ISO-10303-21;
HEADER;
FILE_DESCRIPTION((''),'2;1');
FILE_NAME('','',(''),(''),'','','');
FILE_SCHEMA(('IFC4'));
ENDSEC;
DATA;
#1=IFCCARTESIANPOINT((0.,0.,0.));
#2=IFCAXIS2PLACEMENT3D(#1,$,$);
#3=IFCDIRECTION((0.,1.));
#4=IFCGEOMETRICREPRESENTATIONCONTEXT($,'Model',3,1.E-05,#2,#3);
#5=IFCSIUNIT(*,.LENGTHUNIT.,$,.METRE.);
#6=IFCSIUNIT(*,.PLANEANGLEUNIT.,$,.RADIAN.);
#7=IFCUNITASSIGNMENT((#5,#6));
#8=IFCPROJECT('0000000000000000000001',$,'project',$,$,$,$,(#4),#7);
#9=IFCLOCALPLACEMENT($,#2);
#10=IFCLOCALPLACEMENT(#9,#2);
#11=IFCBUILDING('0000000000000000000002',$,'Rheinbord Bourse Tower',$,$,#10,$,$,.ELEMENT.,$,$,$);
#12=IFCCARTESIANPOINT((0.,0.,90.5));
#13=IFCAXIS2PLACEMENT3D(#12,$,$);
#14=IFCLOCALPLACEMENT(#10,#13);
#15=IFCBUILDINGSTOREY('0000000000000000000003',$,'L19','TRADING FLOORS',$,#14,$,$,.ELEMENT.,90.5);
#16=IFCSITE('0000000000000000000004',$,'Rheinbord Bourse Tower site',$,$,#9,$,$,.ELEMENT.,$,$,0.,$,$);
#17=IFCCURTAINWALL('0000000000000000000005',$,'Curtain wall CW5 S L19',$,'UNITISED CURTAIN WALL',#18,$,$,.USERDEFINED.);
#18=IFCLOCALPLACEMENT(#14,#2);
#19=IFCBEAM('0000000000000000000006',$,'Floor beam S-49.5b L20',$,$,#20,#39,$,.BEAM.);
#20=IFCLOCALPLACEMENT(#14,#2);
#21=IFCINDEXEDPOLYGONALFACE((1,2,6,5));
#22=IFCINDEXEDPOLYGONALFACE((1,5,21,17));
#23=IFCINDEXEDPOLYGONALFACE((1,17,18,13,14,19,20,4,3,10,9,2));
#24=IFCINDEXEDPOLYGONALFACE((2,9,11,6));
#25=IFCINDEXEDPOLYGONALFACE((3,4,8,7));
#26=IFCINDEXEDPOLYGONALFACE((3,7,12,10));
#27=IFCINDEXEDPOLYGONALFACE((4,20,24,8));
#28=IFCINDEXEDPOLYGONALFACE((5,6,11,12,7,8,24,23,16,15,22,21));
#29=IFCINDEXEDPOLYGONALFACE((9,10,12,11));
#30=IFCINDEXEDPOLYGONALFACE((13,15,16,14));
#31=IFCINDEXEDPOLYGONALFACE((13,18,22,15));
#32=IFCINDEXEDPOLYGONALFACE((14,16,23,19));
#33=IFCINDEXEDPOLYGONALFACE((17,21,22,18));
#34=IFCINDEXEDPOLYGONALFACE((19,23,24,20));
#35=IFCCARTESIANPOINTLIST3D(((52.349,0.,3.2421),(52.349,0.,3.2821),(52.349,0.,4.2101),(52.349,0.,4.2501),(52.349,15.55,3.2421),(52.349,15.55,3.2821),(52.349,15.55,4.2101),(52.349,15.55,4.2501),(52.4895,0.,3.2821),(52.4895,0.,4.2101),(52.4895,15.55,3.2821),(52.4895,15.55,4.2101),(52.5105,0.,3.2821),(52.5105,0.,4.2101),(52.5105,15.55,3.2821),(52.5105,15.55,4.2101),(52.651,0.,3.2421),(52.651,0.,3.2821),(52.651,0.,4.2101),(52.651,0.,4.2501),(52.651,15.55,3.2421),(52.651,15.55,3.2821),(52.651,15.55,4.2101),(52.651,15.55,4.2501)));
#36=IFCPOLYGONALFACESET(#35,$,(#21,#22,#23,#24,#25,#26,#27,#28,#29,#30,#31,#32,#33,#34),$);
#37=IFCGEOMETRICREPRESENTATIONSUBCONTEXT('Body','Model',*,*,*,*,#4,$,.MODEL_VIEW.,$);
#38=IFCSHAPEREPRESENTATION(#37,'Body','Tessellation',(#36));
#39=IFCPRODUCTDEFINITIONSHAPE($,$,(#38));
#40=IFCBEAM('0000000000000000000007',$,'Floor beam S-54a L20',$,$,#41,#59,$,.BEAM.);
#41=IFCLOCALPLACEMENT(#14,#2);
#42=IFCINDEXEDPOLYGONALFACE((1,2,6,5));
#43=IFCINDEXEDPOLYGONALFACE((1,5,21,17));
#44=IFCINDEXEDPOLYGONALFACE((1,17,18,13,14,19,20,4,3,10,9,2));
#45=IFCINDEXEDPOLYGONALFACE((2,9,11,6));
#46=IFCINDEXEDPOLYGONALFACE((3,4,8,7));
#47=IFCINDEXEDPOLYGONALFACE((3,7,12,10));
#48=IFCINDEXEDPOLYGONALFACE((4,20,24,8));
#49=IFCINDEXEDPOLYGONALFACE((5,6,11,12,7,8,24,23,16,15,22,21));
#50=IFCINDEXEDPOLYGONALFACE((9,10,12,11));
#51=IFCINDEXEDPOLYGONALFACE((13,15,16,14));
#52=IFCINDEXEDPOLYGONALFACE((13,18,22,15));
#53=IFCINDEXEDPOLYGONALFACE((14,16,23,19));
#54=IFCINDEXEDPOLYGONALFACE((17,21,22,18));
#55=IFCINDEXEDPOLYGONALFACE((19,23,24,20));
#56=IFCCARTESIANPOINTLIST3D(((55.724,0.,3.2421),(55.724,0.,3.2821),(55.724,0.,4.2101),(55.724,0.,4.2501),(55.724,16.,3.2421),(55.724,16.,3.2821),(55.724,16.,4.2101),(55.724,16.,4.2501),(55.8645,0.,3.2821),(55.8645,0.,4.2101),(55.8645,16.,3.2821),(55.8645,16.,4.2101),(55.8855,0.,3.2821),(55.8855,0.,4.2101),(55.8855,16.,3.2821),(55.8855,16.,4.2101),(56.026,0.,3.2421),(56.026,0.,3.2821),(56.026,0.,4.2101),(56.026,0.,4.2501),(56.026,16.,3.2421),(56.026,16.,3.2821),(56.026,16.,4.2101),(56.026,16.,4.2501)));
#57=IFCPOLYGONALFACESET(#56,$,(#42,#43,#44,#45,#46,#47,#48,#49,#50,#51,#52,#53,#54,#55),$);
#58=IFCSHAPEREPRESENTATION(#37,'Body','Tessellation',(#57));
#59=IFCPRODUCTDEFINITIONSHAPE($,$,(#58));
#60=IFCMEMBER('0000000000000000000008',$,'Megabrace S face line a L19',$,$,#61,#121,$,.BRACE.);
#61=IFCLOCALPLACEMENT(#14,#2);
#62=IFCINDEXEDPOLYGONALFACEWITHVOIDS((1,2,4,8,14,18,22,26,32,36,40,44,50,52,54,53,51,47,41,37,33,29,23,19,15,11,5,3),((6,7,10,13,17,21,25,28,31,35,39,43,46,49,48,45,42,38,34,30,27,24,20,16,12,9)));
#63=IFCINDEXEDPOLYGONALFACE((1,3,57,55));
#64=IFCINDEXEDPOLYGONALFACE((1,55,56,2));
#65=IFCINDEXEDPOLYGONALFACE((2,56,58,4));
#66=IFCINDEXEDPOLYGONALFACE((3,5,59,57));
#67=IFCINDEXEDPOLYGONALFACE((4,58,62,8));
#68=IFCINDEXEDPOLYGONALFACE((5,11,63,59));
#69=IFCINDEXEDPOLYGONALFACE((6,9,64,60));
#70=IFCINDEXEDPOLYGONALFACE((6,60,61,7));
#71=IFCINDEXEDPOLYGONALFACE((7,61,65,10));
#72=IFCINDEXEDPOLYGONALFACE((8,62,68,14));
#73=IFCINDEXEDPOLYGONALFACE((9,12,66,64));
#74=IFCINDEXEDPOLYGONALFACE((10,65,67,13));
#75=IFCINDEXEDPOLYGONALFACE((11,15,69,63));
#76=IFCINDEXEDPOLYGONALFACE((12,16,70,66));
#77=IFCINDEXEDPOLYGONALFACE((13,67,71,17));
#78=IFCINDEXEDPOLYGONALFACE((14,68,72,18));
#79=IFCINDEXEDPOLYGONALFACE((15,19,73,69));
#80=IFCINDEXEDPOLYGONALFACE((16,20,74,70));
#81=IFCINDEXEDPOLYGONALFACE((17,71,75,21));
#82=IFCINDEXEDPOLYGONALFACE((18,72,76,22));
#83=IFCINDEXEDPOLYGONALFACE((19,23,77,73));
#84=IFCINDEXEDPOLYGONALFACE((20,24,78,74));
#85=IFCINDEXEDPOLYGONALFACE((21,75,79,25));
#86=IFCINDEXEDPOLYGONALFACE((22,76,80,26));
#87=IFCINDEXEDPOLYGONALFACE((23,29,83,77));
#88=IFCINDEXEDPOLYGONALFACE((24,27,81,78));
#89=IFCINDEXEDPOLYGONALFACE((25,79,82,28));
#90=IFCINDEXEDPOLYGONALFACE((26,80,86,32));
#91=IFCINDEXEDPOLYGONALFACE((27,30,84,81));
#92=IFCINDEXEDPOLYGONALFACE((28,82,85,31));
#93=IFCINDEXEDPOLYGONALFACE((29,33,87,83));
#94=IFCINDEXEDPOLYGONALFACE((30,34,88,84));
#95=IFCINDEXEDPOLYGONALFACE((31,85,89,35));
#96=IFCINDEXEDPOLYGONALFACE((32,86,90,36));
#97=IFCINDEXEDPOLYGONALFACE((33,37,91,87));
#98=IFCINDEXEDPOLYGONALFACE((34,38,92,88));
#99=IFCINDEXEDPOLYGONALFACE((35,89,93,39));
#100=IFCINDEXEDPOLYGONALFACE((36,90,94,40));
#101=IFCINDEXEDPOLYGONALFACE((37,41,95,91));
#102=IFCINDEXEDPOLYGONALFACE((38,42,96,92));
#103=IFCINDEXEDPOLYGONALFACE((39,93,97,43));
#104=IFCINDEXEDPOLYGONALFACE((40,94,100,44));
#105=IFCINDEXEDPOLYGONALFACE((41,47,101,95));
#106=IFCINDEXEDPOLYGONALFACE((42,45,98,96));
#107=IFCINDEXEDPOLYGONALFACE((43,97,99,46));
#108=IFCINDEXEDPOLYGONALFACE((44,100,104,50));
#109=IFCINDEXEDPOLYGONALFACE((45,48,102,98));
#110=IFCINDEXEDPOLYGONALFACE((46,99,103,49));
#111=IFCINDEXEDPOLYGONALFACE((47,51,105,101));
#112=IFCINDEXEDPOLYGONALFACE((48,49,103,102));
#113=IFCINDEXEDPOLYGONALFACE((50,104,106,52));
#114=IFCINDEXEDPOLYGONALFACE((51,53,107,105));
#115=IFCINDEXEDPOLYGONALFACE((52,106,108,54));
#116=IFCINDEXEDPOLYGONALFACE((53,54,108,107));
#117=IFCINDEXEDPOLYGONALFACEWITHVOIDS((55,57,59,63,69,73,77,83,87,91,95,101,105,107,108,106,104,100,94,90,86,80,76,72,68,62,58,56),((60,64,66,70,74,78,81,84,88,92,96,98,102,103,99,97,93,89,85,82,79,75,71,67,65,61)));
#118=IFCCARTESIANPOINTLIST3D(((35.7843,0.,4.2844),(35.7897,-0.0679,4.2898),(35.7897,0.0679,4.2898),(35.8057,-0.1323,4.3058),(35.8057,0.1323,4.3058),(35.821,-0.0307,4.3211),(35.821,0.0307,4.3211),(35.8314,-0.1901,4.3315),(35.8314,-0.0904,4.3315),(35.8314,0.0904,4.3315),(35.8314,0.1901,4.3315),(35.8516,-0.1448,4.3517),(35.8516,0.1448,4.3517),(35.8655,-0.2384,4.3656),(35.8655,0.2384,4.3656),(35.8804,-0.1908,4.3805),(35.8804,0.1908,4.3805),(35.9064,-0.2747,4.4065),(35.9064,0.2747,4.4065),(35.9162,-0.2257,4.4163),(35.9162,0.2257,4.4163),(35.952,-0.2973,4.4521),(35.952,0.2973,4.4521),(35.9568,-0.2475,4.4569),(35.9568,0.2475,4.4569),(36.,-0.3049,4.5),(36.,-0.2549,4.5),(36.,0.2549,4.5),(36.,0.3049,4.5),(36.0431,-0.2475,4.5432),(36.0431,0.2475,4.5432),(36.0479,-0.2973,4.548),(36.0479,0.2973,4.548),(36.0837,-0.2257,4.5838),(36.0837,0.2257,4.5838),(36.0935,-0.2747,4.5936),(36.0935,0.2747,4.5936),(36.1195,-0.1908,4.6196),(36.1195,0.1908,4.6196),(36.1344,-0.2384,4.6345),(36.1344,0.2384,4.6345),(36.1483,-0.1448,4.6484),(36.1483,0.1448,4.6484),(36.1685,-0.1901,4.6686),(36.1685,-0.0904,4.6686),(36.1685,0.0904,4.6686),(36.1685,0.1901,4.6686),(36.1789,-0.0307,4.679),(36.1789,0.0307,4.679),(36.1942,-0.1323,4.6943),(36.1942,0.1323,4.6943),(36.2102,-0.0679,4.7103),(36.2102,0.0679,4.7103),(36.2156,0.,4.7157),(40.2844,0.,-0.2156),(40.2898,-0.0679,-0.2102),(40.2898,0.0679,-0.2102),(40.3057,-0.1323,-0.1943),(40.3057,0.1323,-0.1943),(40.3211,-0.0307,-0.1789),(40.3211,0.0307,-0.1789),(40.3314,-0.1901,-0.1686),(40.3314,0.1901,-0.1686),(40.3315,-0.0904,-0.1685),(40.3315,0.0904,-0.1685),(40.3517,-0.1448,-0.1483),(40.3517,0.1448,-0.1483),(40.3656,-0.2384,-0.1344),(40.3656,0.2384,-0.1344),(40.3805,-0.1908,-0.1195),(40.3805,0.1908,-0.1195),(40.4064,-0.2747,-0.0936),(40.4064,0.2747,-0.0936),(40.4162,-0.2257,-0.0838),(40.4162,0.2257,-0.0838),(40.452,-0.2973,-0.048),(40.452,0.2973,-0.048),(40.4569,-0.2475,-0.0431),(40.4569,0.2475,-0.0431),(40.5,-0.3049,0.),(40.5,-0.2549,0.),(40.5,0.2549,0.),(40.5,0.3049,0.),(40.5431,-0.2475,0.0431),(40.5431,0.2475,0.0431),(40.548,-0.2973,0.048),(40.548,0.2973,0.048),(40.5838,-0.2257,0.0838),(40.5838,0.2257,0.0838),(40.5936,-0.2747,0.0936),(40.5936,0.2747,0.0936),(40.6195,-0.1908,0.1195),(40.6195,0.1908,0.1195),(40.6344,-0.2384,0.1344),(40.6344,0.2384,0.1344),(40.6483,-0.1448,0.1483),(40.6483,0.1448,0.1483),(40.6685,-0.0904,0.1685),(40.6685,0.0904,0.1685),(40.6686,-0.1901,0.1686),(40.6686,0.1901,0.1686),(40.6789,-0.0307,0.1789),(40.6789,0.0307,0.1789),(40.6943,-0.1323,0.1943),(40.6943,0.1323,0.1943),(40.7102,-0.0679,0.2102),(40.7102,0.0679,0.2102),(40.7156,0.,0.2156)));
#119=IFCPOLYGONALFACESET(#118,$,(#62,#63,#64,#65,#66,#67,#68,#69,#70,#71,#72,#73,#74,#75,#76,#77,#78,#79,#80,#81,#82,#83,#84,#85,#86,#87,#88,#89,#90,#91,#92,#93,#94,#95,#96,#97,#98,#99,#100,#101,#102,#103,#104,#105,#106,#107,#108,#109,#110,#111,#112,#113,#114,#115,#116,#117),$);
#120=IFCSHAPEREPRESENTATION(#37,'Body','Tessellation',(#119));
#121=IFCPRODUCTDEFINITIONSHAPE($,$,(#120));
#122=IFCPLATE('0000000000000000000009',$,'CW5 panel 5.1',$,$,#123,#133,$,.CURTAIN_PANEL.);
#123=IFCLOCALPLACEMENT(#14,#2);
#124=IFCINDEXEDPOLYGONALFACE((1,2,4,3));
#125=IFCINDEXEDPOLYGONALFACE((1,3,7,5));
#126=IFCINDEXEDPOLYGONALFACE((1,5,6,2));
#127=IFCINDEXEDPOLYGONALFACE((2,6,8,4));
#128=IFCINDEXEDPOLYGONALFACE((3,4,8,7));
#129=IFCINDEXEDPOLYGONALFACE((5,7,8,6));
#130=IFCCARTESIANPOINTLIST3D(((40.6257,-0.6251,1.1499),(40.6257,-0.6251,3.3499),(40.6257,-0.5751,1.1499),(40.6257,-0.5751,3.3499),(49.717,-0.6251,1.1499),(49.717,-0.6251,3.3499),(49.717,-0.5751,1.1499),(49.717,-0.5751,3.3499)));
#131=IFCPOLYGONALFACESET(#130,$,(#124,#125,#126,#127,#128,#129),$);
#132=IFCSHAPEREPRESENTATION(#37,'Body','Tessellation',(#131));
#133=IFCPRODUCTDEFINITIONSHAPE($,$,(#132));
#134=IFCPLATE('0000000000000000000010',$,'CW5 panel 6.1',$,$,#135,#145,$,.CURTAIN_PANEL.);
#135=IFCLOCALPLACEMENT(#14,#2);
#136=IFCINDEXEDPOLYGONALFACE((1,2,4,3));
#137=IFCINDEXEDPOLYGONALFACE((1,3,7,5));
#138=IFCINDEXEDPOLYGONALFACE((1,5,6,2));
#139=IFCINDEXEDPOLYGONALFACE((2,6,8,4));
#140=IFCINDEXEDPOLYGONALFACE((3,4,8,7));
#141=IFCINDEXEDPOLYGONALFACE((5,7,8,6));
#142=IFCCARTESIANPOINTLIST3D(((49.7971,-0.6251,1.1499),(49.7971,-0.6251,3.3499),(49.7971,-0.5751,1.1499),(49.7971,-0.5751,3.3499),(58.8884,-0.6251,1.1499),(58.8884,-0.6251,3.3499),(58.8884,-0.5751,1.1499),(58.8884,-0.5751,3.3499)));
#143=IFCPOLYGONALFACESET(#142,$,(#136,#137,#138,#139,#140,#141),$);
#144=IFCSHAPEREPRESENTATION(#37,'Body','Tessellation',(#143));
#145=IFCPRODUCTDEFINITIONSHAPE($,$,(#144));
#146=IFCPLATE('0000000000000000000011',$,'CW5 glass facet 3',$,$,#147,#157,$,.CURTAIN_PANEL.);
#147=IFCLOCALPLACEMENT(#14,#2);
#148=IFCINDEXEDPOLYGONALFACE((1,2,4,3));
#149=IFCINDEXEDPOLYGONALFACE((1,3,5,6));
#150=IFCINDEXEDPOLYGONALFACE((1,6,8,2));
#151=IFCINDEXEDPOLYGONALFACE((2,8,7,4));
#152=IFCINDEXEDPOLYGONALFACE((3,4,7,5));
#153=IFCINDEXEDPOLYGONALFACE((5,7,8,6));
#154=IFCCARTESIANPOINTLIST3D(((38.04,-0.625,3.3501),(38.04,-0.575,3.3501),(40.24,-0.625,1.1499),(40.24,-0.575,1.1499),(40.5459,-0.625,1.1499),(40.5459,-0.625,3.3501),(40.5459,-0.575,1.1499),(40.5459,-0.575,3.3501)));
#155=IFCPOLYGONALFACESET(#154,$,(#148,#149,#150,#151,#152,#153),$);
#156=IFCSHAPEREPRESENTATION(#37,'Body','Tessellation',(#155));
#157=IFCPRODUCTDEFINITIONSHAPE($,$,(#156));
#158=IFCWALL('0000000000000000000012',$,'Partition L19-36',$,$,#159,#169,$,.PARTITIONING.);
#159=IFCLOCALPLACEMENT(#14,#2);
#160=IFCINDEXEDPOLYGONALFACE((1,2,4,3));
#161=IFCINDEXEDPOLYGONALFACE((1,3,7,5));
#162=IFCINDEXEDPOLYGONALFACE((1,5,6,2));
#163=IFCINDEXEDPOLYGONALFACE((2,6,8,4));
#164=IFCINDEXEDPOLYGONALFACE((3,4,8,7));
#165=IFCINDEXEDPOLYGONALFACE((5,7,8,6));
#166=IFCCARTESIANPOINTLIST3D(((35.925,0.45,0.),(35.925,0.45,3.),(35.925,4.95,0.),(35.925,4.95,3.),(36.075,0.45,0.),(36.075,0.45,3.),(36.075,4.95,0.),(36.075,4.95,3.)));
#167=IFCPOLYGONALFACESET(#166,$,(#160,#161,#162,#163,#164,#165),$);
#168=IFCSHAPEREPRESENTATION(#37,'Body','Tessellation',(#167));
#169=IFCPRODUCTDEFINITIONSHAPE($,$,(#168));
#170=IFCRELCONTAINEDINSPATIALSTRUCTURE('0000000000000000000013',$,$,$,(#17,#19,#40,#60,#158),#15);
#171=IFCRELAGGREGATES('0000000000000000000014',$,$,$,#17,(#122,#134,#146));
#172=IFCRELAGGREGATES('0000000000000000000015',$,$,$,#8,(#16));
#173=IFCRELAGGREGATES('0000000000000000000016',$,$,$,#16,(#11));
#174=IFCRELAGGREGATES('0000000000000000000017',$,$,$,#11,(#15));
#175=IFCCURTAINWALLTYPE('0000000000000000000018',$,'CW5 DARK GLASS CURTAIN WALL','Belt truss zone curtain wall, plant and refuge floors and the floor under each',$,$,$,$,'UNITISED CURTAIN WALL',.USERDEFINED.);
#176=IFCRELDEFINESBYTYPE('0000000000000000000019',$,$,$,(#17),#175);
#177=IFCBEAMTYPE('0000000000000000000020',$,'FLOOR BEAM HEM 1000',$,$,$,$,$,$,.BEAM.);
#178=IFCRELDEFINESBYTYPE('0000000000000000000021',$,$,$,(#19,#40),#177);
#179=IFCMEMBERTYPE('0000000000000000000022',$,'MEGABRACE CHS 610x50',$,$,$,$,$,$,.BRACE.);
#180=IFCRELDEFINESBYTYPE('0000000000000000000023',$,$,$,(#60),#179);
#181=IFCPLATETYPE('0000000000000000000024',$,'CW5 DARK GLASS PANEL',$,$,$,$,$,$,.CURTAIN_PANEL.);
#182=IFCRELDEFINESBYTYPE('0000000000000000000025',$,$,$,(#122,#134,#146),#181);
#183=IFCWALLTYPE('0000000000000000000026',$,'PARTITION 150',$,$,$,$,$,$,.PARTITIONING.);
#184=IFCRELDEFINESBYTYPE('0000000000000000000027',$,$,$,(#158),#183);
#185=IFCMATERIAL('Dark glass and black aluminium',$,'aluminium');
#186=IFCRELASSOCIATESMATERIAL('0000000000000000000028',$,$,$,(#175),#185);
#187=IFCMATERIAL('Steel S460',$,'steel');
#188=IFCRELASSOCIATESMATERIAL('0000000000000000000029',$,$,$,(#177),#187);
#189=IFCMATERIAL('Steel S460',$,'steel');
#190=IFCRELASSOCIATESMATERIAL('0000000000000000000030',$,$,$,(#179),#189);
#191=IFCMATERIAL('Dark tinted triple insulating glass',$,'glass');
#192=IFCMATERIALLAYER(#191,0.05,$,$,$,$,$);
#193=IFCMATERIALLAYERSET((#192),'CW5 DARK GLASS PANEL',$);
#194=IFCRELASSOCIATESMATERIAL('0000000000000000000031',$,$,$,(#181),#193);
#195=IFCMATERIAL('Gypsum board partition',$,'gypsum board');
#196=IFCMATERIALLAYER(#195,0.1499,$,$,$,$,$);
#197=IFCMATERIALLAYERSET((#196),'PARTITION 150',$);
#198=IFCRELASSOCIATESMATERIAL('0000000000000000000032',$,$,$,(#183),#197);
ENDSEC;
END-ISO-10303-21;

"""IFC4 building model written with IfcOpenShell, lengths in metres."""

from ifc_helpers import new_model, si_unit, direction, frame, frame_2d, origin, origin_2d, place, context, subcontext, project, spatial, polyline, rectangle, hollow_circle, i_section, outline, extrude, material, layer, layer_set, material_profile, profile_set, type_object, element, aggregate, save


model = new_model("IFC4")

# Units and contexts
model_context = context("Model", 3, precision=1e-05, world=origin(), true_north=direction((0.0, 1.0)))
body_context = subcontext(model_context, "Body", "Model", "MODEL_VIEW")
ifc_project = project(units=[si_unit("LENGTHUNIT", "METRE"), si_unit("PLANEANGLEUNIT", "RADIAN")], contexts=[model_context])

# Site, building, storey
site_placement = place(None, origin())
site = spatial("IfcSite", under=ifc_project, at=site_placement, Name="Rheinbord Bourse Tower site", CompositionType="ELEMENT", RefElevation=0.0)
building_placement = place(site_placement, origin())
building = spatial("IfcBuilding", under=site, at=building_placement, Name="Rheinbord Bourse Tower", CompositionType="ELEMENT")
storey_placement = place(building_placement, frame((0.0, 0.0, 90.5)))
storey = spatial("IfcBuildingStorey", under=building, at=storey_placement, Name="L19", Description="TRADING FLOORS", CompositionType="ELEMENT", Elevation=90.5)

# Curtain wall
ifc_material_1 = material(Name="Dark glass and black aluminium", Category="aluminium")
curtain_wall_type = type_object("IfcCurtainWallType", Name="CW5 DARK GLASS CURTAIN WALL", Description="Belt truss zone curtain wall, plant and refuge floors and the floor under each", ElementType="UNITISED CURTAIN WALL", PredefinedType="USERDEFINED", material=ifc_material_1)
curtain_wall_placement = place(storey_placement, origin())
curtain_wall = element("IfcCurtainWall", 1, at=curtain_wall_placement, inside=storey, type_object=curtain_wall_type, Name="Curtain wall CW5 S L19", ObjectType="UNITISED CURTAIN WALL", PredefinedType="USERDEFINED")

# Beams
ifc_material_2 = material(Name="Steel S460", Category="steel")
ifc_material_profile_1 = material_profile(ifc_material_2, i_section(OverallWidth=0.302, OverallDepth=1.0081, WebThickness=0.021, FlangeThickness=0.04, at=origin_2d()), Name="HEM 1000")
ifc_profile_set_1 = profile_set([ifc_material_profile_1], Name="Steel S460")
beam_type_1 = type_object("IfcBeamType", Name="FLOOR BEAM HEM 1000", PredefinedType="BEAM", material=ifc_profile_set_1)
for number, where, z_axis, x_axis, name in (
    (2, (52.5, 0.0, 3.7461), (0.0, 1.0, 0.0), (-1.0, 0.0, 0.0), "Floor beam S-49.5b L20"),
):
    element("IfcBeam", number, at=place(storey_placement, frame(where, z_axis=z_axis, x_axis=x_axis)), inside=storey, type_object=beam_type_1, Name=name, PredefinedType="BEAM", context=body_context, shape_type="SweptSolid", body=[
        extrude(i_section(OverallWidth=0.302, OverallDepth=1.0081, WebThickness=0.021, FlangeThickness=0.04, at=origin_2d()), origin(), (0.0, 0.0, 1.0), 15.55),
    ])
beam_placement = place(storey_placement, frame((55.875, 0.0, 3.7461), z_axis=(0.0, 1.0, 0.0), x_axis=(-1.0, 0.0, 0.0)))
element("IfcBeam", 3, at=beam_placement, inside=storey, type_object=beam_type_1, Name="Floor beam S-54a L20", PredefinedType="BEAM", context=body_context, shape_type="SweptSolid", body=[
    extrude(i_section(OverallWidth=0.302, OverallDepth=1.0081, WebThickness=0.021, FlangeThickness=0.04, at=origin_2d()), origin(), (0.0, 0.0, 1.0), 16.0),
])

# Member
ifc_material_3 = material(Name="Steel S460", Category="steel")
ifc_material_profile_2 = material_profile(ifc_material_3, hollow_circle(Radius=0.3049, WallThickness=0.05, at=origin_2d()), Name="CHS 610x50")
ifc_profile_set_2 = profile_set([ifc_material_profile_2], Name="Steel S460")
member_type_1 = type_object("IfcMemberType", Name="MEGABRACE CHS 610x50", PredefinedType="BRACE", material=ifc_profile_set_2)
member_1_placement = place(storey_placement, frame((40.5, 0.0, 0.0), z_axis=(-0.707107, 0.0, 0.707107), x_axis=(0.0, -1.0, 0.0)))
element("IfcMember", 4, at=member_1_placement, inside=storey, type_object=member_type_1, Name="Megabrace S face line a L19", PredefinedType="BRACE", context=body_context, shape_type="SweptSolid", body=[
    extrude(hollow_circle(Radius=0.3049, WallThickness=0.05, at=origin_2d()), origin(), (0.0, 0.0, 1.0), 6.364),
])

# Plates
ifc_material_4 = material(Name="Dark tinted triple insulating glass", Category="glass")
ifc_layer_1 = layer(ifc_material_4, 0.05)
ifc_layer_set_1 = layer_set([ifc_layer_1], Name="CW5 DARK GLASS PANEL")
plate_type = type_object("IfcPlateType", Name="CW5 DARK GLASS PANEL", PredefinedType="CURTAIN_PANEL", material=ifc_layer_set_1)
plate_1_placement = place(storey_placement, frame((45.1714, -0.6001, 1.1499), z_axis=(0.0, 0.0, 1.0), x_axis=(1.0, 0.0, 0.0)))
plate_1 = element("IfcPlate", 5, at=plate_1_placement, type_object=plate_type, Name="CW5 panel 5.1", PredefinedType="CURTAIN_PANEL", context=body_context, shape_type="SweptSolid", body=[
    extrude(rectangle(XDim=9.0913, YDim=0.05, at=origin_2d()), origin(), (0.0, 0.0, 1.0), 2.2),
])
plate_2_placement = place(storey_placement, frame((54.3428, -0.6001, 1.1499), z_axis=(0.0, 0.0, 1.0), x_axis=(1.0, 0.0, 0.0)))
plate_2 = element("IfcPlate", 6, at=plate_2_placement, type_object=plate_type, Name="CW5 panel 6.1", PredefinedType="CURTAIN_PANEL", context=body_context, shape_type="SweptSolid", body=[
    extrude(rectangle(XDim=9.0913, YDim=0.05, at=origin_2d()), origin(), (0.0, 0.0, 1.0), 2.2),
])
plate_3_placement = place(storey_placement, frame((40.5459, -0.625, 3.3501), z_axis=(0.0, 1.0, 0.0), x_axis=(0.0, 0.0, -1.0)))
plate_3 = element("IfcPlate", 7, at=plate_3_placement, type_object=plate_type, Name="CW5 glass facet 3", PredefinedType="CURTAIN_PANEL", context=body_context, shape_type="SweptSolid", body=[
    extrude(outline(polyline([(0.0, 0.0), (2.2002, 0.0), (2.2002, 0.3059), (0.0, 2.5059), (0.0, 0.0)])), origin(), (0.0, 0.0, 1.0), 0.05),
])
aggregate(curtain_wall, [plate_1, plate_2, plate_3])

# Wall
ifc_material_5 = material(Name="Gypsum board partition", Category="gypsum board")
ifc_layer_2 = layer(ifc_material_5, 0.1499)
ifc_layer_set_2 = layer_set([ifc_layer_2], Name="PARTITION 150")
wall_type = type_object("IfcWallType", Name="PARTITION 150", PredefinedType="PARTITIONING", material=ifc_layer_set_2)
wall_placement = place(storey_placement, frame((36.0, 0.45, 0.0), z_axis=(0.0, 0.0, 1.0), x_axis=(0.0, 1.0, 0.0)))
element("IfcWall", 8, at=wall_placement, inside=storey, type_object=wall_type, Name="Partition L19-36", PredefinedType="PARTITIONING", context=body_context, shape_type="SweptSolid", body=[
    extrude(rectangle(XDim=4.5, YDim=0.1499, at=frame_2d((2.25, 0.0))), origin(), (0.0, 0.0, 1.0), 3.0),
])

save(model, "model.ifc")
